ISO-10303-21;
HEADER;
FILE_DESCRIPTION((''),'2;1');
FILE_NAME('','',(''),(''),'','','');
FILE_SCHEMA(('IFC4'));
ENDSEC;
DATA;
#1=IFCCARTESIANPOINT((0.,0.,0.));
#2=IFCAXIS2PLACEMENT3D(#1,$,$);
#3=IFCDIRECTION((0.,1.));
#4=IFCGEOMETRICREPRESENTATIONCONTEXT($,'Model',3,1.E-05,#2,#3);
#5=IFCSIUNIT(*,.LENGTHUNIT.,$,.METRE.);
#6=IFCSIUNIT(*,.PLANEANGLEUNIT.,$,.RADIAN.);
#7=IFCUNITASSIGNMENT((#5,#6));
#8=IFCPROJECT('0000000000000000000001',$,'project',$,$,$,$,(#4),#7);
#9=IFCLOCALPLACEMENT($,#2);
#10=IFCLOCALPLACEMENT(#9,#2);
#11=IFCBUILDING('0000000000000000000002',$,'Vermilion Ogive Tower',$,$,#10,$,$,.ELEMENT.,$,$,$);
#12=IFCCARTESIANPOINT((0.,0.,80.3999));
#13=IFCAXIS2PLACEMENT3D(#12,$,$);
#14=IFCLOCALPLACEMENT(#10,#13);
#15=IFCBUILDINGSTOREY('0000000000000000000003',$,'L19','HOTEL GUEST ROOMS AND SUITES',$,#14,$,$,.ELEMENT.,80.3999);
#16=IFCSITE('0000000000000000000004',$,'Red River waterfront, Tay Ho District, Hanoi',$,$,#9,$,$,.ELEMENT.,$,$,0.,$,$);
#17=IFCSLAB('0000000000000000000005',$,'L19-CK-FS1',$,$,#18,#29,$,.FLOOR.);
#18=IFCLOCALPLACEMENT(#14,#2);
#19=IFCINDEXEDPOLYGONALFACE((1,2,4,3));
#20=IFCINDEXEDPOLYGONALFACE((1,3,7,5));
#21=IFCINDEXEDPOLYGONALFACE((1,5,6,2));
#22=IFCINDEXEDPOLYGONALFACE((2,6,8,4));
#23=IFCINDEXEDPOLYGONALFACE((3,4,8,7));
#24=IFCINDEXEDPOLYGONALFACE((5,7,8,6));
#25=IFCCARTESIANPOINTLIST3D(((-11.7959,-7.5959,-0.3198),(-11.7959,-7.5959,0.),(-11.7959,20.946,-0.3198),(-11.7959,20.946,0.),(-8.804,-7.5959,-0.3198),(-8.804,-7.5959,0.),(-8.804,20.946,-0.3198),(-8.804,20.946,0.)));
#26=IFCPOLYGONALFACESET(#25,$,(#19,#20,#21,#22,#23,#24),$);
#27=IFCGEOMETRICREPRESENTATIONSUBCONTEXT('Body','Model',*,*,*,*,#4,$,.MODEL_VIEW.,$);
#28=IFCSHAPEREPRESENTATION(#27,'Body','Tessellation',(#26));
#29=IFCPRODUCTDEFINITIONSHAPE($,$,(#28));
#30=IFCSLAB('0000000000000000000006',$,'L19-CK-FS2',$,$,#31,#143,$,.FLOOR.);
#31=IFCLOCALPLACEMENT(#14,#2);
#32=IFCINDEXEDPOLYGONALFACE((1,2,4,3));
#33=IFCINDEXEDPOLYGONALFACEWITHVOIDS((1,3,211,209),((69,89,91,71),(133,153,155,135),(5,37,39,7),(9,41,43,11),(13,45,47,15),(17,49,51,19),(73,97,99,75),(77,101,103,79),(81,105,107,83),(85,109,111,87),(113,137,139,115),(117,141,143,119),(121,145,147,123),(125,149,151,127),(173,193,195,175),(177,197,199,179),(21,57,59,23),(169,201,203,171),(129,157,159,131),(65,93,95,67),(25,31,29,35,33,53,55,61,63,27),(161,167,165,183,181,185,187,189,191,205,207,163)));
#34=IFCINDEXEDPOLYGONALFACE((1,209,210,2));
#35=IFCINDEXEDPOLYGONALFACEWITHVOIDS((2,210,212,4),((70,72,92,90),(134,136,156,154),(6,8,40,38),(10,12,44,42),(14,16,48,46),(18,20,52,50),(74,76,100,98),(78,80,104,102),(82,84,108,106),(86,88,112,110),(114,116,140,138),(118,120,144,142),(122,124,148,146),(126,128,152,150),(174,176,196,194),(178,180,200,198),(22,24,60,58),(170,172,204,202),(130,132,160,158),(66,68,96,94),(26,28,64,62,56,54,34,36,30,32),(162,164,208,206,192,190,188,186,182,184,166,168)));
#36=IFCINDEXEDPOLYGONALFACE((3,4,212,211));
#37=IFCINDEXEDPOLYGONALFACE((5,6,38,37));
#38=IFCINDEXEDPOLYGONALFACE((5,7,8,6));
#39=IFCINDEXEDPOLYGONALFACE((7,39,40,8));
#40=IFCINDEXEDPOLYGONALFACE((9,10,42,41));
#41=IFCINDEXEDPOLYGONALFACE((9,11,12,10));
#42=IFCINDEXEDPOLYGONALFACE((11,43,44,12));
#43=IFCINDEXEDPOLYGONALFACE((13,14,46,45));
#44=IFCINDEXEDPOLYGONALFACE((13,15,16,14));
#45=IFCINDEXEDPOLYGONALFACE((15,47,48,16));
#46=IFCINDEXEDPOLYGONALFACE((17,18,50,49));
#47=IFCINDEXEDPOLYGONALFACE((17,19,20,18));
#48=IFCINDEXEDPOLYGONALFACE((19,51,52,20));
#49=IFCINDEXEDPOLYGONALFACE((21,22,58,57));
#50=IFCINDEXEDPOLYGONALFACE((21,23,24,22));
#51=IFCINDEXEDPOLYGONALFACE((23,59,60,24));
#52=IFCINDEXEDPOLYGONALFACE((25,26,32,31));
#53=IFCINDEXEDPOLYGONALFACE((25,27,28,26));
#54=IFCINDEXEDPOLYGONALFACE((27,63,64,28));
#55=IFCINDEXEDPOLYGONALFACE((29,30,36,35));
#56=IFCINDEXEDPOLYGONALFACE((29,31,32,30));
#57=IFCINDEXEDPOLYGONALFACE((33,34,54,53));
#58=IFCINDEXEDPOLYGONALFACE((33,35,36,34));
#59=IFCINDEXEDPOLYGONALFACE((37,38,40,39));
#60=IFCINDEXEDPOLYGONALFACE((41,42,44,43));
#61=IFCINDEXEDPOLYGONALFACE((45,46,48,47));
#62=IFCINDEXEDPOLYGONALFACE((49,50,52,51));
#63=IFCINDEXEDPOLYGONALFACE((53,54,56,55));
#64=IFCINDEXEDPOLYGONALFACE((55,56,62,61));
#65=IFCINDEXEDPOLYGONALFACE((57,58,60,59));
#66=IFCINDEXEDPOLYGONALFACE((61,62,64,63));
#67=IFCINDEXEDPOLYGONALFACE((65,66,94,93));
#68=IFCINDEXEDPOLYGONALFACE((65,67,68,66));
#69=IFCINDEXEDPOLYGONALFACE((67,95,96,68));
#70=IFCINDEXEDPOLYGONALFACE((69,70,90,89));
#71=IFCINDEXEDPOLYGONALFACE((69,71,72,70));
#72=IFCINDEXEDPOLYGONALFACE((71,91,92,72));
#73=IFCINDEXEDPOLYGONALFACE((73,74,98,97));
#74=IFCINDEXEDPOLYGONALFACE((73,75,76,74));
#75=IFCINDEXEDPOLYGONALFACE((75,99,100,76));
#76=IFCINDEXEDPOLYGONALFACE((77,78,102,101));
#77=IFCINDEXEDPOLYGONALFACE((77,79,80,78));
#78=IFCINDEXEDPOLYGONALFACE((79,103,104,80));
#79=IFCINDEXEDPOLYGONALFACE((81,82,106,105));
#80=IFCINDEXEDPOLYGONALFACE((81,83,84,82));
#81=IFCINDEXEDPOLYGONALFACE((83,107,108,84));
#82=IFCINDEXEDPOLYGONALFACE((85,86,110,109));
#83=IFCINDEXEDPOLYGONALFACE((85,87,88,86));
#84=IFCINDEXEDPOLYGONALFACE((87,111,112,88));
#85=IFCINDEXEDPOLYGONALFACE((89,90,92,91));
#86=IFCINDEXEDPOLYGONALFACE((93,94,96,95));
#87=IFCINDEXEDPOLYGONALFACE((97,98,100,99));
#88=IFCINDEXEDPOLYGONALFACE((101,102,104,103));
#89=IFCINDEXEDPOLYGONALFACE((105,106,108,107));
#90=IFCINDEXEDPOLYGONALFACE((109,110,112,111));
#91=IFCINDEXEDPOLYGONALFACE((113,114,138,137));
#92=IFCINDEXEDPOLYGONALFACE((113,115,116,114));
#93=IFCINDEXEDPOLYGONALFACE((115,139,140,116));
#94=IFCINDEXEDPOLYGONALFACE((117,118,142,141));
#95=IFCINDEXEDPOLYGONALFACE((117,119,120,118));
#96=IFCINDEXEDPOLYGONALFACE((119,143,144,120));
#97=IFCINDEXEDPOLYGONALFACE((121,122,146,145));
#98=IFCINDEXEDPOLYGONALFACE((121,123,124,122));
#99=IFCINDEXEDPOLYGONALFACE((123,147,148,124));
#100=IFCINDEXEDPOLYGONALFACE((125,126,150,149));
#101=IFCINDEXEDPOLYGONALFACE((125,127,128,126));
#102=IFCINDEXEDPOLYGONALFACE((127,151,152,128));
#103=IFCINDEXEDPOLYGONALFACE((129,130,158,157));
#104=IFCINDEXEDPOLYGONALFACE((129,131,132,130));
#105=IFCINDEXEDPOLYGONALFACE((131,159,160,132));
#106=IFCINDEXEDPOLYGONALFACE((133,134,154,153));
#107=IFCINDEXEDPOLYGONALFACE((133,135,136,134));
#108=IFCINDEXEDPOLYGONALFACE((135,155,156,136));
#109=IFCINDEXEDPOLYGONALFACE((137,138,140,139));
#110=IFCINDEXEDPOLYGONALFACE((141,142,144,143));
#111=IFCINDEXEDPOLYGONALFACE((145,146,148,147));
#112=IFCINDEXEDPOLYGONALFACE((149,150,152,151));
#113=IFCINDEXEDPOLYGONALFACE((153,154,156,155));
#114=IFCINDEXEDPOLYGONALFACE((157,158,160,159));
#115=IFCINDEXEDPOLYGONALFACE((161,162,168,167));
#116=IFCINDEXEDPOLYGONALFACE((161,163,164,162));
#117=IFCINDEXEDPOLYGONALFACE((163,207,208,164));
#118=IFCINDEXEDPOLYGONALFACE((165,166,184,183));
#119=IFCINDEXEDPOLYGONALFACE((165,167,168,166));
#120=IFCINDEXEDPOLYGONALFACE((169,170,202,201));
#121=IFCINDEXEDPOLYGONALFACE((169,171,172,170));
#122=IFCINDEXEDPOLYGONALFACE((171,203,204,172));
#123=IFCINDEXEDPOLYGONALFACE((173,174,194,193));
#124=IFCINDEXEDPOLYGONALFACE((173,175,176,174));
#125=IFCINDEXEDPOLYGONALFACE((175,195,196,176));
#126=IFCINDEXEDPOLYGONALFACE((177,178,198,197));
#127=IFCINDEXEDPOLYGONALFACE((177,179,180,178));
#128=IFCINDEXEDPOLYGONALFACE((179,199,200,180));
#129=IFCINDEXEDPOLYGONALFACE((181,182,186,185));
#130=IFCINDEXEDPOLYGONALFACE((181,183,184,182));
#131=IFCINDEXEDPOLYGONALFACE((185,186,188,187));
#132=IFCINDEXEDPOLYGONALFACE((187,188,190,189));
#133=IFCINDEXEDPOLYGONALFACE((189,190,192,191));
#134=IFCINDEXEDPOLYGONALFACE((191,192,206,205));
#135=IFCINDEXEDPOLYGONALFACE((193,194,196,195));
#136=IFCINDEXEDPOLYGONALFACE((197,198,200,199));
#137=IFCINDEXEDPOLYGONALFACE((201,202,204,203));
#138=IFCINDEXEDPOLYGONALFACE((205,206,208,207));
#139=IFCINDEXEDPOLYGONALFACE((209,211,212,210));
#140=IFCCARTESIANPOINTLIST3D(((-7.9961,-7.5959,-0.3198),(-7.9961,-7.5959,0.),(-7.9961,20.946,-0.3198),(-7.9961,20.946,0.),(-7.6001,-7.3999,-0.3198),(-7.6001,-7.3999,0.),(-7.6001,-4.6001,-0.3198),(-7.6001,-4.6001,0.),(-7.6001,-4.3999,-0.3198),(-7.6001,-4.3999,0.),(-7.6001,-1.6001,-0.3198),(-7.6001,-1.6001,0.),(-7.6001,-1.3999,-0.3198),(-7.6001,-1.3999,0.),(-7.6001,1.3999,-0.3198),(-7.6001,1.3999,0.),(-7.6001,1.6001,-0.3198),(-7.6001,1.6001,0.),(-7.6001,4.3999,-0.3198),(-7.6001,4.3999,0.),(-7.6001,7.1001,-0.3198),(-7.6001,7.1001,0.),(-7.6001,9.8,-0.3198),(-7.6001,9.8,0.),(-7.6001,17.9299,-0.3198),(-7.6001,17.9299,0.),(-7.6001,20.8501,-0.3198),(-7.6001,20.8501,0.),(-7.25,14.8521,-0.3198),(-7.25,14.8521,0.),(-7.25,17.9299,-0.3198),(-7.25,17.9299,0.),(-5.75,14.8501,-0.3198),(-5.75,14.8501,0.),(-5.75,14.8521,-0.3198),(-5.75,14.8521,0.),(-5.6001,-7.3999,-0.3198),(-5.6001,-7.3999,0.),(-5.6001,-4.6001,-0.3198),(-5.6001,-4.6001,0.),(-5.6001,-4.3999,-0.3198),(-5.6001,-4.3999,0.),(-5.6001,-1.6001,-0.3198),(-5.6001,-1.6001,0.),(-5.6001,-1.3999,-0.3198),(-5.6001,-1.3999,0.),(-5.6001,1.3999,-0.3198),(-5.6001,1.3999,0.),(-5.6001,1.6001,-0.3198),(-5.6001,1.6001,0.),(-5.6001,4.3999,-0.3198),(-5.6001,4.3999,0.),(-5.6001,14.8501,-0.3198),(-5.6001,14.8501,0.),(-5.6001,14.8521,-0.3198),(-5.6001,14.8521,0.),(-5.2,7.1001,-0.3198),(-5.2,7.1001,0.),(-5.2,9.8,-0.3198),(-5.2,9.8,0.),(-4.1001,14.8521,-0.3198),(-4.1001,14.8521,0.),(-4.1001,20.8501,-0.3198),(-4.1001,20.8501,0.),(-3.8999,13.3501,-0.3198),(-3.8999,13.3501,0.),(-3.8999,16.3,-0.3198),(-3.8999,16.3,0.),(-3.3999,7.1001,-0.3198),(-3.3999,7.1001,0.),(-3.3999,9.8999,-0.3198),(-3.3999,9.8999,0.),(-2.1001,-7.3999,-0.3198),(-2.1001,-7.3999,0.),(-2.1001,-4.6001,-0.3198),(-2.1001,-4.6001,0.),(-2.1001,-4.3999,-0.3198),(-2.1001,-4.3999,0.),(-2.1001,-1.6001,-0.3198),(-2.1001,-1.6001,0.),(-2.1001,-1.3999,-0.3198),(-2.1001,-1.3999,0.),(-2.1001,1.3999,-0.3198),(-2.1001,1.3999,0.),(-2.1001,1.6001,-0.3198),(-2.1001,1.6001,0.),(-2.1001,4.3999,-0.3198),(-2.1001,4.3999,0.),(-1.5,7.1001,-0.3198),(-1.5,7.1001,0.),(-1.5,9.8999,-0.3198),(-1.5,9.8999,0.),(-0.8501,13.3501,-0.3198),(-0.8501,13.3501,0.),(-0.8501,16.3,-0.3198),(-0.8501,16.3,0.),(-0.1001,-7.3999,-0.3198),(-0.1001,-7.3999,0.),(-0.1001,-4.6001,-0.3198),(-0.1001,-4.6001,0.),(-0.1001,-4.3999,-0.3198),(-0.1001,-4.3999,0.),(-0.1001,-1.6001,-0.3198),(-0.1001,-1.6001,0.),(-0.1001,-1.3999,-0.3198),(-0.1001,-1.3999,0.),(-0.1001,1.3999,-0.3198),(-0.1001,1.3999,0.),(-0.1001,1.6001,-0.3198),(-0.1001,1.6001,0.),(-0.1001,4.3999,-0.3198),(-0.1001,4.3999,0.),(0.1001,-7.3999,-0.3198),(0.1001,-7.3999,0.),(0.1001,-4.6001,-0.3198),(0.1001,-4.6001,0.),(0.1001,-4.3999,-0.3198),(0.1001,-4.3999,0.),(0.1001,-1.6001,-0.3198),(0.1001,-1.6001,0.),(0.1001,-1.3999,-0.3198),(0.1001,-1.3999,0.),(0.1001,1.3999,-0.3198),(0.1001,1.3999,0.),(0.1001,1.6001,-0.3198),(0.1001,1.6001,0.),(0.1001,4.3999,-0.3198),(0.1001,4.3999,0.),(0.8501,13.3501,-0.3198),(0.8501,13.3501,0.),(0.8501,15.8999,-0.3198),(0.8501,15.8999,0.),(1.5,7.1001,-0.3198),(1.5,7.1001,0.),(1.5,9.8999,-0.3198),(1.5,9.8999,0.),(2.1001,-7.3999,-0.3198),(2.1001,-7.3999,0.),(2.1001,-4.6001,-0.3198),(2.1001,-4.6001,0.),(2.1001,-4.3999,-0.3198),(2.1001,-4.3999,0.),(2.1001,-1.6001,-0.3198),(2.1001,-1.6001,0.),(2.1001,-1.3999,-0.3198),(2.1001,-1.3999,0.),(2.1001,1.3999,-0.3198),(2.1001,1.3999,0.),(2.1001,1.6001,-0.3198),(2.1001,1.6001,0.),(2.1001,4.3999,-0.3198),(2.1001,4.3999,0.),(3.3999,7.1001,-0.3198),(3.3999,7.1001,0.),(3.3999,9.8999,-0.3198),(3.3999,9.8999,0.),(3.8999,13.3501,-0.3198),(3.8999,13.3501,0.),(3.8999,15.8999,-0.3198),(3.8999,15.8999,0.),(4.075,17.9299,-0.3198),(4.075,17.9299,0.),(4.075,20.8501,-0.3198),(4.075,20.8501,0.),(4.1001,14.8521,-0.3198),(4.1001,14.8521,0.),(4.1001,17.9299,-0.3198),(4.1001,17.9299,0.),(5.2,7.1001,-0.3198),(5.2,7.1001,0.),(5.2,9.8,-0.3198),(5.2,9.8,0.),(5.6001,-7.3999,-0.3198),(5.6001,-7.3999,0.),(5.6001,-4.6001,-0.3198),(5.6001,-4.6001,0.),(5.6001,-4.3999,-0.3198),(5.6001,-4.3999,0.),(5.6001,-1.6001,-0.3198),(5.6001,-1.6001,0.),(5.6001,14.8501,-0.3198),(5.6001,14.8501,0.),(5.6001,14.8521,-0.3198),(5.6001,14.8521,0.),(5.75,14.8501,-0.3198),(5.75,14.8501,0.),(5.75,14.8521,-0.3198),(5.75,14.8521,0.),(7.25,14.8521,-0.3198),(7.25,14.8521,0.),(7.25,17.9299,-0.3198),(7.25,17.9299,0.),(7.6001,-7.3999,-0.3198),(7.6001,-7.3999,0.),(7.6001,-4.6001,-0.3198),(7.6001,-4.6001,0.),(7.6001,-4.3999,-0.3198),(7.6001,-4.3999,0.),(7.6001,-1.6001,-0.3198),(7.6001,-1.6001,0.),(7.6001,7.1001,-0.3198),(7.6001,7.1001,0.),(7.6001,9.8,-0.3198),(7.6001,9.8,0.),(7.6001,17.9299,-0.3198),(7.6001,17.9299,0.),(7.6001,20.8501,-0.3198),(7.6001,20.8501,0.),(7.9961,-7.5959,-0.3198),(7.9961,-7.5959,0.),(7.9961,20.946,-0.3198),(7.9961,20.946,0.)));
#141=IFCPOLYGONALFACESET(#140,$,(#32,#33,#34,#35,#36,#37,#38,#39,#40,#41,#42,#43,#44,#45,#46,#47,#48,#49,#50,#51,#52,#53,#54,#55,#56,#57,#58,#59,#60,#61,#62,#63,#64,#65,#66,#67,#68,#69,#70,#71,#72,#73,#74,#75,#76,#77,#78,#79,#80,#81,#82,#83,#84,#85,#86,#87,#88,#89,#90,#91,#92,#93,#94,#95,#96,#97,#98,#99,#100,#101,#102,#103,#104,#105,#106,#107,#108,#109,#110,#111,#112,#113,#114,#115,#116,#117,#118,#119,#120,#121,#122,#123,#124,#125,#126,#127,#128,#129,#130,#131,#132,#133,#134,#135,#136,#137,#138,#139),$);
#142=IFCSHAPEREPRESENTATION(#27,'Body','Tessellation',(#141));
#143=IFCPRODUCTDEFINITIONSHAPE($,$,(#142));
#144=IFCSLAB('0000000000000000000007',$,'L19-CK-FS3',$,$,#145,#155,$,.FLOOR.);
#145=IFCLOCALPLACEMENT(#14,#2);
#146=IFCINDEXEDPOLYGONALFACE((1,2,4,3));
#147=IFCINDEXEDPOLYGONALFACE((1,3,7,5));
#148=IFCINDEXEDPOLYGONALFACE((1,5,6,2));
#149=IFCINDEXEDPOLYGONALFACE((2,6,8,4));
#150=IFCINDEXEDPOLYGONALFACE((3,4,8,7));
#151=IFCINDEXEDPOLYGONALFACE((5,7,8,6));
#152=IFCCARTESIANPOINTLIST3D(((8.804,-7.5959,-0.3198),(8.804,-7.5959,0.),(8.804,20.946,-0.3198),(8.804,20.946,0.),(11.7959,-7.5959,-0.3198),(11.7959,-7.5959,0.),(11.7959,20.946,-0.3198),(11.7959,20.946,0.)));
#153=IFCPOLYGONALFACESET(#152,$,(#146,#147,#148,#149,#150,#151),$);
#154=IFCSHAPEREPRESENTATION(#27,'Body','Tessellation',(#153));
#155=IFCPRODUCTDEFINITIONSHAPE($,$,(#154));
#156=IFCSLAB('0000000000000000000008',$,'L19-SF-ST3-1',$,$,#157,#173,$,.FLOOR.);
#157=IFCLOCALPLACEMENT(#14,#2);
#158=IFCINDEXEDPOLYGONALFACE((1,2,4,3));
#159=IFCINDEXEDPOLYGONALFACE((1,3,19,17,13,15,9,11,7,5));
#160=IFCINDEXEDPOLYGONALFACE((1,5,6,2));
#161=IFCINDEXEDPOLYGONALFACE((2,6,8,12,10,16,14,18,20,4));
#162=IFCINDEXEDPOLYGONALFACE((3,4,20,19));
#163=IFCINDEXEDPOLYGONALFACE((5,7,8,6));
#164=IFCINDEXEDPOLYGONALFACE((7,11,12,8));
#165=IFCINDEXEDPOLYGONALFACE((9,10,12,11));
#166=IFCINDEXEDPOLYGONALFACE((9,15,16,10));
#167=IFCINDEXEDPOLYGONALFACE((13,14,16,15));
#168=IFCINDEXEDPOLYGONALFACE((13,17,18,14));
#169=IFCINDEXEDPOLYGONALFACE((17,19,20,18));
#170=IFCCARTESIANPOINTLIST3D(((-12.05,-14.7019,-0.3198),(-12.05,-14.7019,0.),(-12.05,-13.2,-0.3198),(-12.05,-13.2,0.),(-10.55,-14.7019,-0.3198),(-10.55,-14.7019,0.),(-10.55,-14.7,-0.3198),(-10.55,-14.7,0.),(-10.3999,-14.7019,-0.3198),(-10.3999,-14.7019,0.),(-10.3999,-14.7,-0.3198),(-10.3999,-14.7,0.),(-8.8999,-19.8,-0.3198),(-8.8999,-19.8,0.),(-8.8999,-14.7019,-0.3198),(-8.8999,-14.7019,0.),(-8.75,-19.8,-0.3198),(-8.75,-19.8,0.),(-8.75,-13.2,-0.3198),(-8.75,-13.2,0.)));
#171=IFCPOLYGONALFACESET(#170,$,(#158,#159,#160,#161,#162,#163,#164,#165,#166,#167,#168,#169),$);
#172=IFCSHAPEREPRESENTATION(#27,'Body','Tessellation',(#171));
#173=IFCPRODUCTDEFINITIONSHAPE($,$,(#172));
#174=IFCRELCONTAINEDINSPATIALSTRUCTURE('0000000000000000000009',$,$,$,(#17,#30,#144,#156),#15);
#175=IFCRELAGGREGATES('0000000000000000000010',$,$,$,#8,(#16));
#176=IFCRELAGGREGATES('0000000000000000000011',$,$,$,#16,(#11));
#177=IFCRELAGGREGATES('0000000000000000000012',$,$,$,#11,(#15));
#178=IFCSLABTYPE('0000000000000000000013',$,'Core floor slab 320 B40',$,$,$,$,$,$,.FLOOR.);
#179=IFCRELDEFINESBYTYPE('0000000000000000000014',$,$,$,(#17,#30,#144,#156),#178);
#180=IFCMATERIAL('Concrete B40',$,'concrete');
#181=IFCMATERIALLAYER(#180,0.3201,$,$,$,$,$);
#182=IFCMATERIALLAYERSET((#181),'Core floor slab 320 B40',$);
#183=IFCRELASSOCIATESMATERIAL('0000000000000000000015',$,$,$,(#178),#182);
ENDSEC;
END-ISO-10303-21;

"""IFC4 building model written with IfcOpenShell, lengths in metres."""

from ifc_helpers import new_model, si_unit, direction, frame, origin, place, context, subcontext, project, spatial, polyline, outline, extrude, material, layer, layer_set, type_object, element, save


model = new_model("IFC4")

# Units and contexts
model_context = context("Model", 3, precision=1e-05, world=origin(), true_north=direction((0.0, 1.0)))
body_context = subcontext(model_context, "Body", "Model", "MODEL_VIEW")
ifc_project = project(units=[si_unit("LENGTHUNIT", "METRE"), si_unit("PLANEANGLEUNIT", "RADIAN")], contexts=[model_context])

# Site, building, storey
site_placement = place(None, origin())
site = spatial("IfcSite", under=ifc_project, at=site_placement, Name="Red River waterfront, Tay Ho District, Hanoi", CompositionType="ELEMENT", RefElevation=0.0)
building_placement = place(site_placement, origin())
building = spatial("IfcBuilding", under=site, at=building_placement, Name="Vermilion Ogive Tower", CompositionType="ELEMENT")
storey_placement = place(building_placement, frame((0.0, 0.0, 80.3999)))
storey = spatial("IfcBuildingStorey", under=building, at=storey_placement, Name="L19", Description="HOTEL GUEST ROOMS AND SUITES", CompositionType="ELEMENT", Elevation=80.3999)

# Slabs
ifc_material_1 = material(Name="Concrete B40", Category="concrete")
ifc_layer_1 = layer(ifc_material_1, 0.3201)
ifc_layer_set_1 = layer_set([ifc_layer_1], Name="Core floor slab 320 B40")
slab_type_1 = type_object("IfcSlabType", Name="Core floor slab 320 B40", PredefinedType="FLOOR", material=ifc_layer_set_1)
slab_1_placement = place(storey_placement, frame((0.0, 0.0, -0.3198)))
element("IfcSlab", 1, at=slab_1_placement, inside=storey, type_object=slab_type_1, Name="L19-CK-FS1", PredefinedType="FLOOR", context=body_context, shape_type="SweptSolid", body=[
    extrude(outline(polyline([(-8.804, 20.946), (-8.804, -7.5959), (-11.7959, -7.5959), (-11.7959, 20.946), (-8.804, 20.946)])), origin(), (0.0, 0.0, 1.0), 0.3198),
])
slab_2_placement = place(storey_placement, frame((0.0, 0.0, -0.3198)))
element("IfcSlab", 2, at=slab_2_placement, inside=storey, type_object=slab_type_1, Name="L19-CK-FS2", PredefinedType="FLOOR", context=body_context, shape_type="SweptSolid", body=[
    extrude(outline(polyline([(-7.9961, 20.946), (-7.9961, -7.5959), (7.9961, -7.5959), (7.9961, 20.946), (-7.9961, 20.946)]), holes=[polyline([(-7.6001, -4.6001), (-5.6001, -4.6001), (-5.6001, -7.3999), (-7.6001, -7.3999), (-7.6001, -4.6001)]), polyline([(-2.1001, -4.6001), (-0.1001, -4.6001), (-0.1001, -7.3999), (-2.1001, -7.3999), (-2.1001, -4.6001)]), polyline([(-7.6001, -4.3999), (-7.6001, -1.6001), (-5.6001, -1.6001), (-5.6001, -4.3999), (-7.6001, -4.3999)]), polyline([(-2.1001, -1.6001), (-0.1001, -1.6001), (-0.1001, -4.3999), (-2.1001, -4.3999), (-2.1001, -1.6001)]), polyline([(-7.6001, -1.3999), (-7.6001, 1.3999), (-5.6001, 1.3999), (-5.6001, -1.3999), (-7.6001, -1.3999)]), polyline([(-2.1001, 1.3999), (-0.1001, 1.3999), (-0.1001, -1.3999), (-2.1001, -1.3999), (-2.1001, 1.3999)]), polyline([(-7.6001, 4.3999), (-5.6001, 4.3999), (-5.6001, 1.6001), (-7.6001, 1.6001), (-7.6001, 4.3999)]), polyline([(-2.1001, 4.3999), (-0.1001, 4.3999), (-0.1001, 1.6001), (-2.1001, 1.6001), (-2.1001, 4.3999)]), polyline([(-7.6001, 9.8), (-5.2, 9.8), (-5.2, 7.1001), (-7.6001, 7.1001), (-7.6001, 9.8)]), polyline([(-3.3999, 9.8999), (-1.5, 9.8999), (-1.5, 7.1001), (-3.3999, 7.1001), (-3.3999, 9.8999)]), polyline([(-3.8999, 16.3), (-0.8501, 16.3), (-0.8501, 13.3501), (-3.8999, 13.3501), (-3.8999, 16.3)]), polyline([(-7.6001, 17.9299), (-7.6001, 20.8501), (-4.1001, 20.8501), (-4.1001, 14.8521), (-5.6001, 14.8521), (-5.6001, 14.8501), (-5.75, 14.8501), (-5.75, 14.8521), (-7.25, 14.8521), (-7.25, 17.9299), (-7.6001, 17.9299)]), polyline([(0.1001, -4.6001), (2.1001, -4.6001), (2.1001, -7.3999), (0.1001, -7.3999), (0.1001, -4.6001)]), polyline([(5.6001, -4.6001), (7.6001, -4.6001), (7.6001, -7.3999), (5.6001, -7.3999), (5.6001, -4.6001)]), polyline([(0.1001, -1.6001), (2.1001, -1.6001), (2.1001, -4.3999), (0.1001, -4.3999), (0.1001, -1.6001)]), polyline([(5.6001, -1.6001), (7.6001, -1.6001), (7.6001, -4.3999), (5.6001, -4.3999), (5.6001, -1.6001)]), polyline([(0.1001, 1.3999), (2.1001, 1.3999), (2.1001, -1.3999), (0.1001, -1.3999), (0.1001, 1.3999)]), polyline([(0.1001, 4.3999), (2.1001, 4.3999), (2.1001, 1.6001), (0.1001, 1.6001), (0.1001, 4.3999)]), polyline([(5.2, 9.8), (7.6001, 9.8), (7.6001, 7.1001), (5.2, 7.1001), (5.2, 9.8)]), polyline([(1.5, 9.8999), (3.3999, 9.8999), (3.3999, 7.1001), (1.5, 7.1001), (1.5, 9.8999)]), polyline([(0.8501, 15.8999), (3.8999, 15.8999), (3.8999, 13.3501), (0.8501, 13.3501), (0.8501, 15.8999)]), polyline([(5.75, 14.8501), (5.6001, 14.8501), (5.6001, 14.8521), (4.1001, 14.8521), (4.1001, 17.9299), (4.075, 17.9299), (4.075, 20.8501), (7.6001, 20.8501), (7.6001, 17.9299), (7.25, 17.9299), (7.25, 14.8521), (5.75, 14.8521), (5.75, 14.8501)])]), origin(), (0.0, 0.0, 1.0), 0.3198),
])
slab_3_placement = place(storey_placement, frame((0.0, 0.0, -0.3198)))
element("IfcSlab", 3, at=slab_3_placement, inside=storey, type_object=slab_type_1, Name="L19-CK-FS3", PredefinedType="FLOOR", context=body_context, shape_type="SweptSolid", body=[
    extrude(outline(polyline([(11.7959, -7.5959), (8.804, -7.5959), (8.804, 20.946), (11.7959, 20.946), (11.7959, -7.5959)])), origin(), (0.0, 0.0, 1.0), 0.3198),
])
slab_4_placement = place(storey_placement, frame((0.0, 0.0, -0.3198)))
element("IfcSlab", 4, at=slab_4_placement, inside=storey, type_object=slab_type_1, Name="L19-SF-ST3-1", PredefinedType="FLOOR", context=body_context, shape_type="SweptSolid", body=[
    extrude(outline(polyline([(-12.05, -13.2), (-12.05, -14.7019), (-10.55, -14.7019), (-10.55, -14.7), (-10.3999, -14.7), (-10.3999, -14.7019), (-8.8999, -14.7019), (-8.8999, -19.8), (-8.75, -19.8), (-8.75, -13.2), (-12.05, -13.2)])), origin(), (0.0, 0.0, 1.0), 0.3198),
])

save(model, "model.ifc")
